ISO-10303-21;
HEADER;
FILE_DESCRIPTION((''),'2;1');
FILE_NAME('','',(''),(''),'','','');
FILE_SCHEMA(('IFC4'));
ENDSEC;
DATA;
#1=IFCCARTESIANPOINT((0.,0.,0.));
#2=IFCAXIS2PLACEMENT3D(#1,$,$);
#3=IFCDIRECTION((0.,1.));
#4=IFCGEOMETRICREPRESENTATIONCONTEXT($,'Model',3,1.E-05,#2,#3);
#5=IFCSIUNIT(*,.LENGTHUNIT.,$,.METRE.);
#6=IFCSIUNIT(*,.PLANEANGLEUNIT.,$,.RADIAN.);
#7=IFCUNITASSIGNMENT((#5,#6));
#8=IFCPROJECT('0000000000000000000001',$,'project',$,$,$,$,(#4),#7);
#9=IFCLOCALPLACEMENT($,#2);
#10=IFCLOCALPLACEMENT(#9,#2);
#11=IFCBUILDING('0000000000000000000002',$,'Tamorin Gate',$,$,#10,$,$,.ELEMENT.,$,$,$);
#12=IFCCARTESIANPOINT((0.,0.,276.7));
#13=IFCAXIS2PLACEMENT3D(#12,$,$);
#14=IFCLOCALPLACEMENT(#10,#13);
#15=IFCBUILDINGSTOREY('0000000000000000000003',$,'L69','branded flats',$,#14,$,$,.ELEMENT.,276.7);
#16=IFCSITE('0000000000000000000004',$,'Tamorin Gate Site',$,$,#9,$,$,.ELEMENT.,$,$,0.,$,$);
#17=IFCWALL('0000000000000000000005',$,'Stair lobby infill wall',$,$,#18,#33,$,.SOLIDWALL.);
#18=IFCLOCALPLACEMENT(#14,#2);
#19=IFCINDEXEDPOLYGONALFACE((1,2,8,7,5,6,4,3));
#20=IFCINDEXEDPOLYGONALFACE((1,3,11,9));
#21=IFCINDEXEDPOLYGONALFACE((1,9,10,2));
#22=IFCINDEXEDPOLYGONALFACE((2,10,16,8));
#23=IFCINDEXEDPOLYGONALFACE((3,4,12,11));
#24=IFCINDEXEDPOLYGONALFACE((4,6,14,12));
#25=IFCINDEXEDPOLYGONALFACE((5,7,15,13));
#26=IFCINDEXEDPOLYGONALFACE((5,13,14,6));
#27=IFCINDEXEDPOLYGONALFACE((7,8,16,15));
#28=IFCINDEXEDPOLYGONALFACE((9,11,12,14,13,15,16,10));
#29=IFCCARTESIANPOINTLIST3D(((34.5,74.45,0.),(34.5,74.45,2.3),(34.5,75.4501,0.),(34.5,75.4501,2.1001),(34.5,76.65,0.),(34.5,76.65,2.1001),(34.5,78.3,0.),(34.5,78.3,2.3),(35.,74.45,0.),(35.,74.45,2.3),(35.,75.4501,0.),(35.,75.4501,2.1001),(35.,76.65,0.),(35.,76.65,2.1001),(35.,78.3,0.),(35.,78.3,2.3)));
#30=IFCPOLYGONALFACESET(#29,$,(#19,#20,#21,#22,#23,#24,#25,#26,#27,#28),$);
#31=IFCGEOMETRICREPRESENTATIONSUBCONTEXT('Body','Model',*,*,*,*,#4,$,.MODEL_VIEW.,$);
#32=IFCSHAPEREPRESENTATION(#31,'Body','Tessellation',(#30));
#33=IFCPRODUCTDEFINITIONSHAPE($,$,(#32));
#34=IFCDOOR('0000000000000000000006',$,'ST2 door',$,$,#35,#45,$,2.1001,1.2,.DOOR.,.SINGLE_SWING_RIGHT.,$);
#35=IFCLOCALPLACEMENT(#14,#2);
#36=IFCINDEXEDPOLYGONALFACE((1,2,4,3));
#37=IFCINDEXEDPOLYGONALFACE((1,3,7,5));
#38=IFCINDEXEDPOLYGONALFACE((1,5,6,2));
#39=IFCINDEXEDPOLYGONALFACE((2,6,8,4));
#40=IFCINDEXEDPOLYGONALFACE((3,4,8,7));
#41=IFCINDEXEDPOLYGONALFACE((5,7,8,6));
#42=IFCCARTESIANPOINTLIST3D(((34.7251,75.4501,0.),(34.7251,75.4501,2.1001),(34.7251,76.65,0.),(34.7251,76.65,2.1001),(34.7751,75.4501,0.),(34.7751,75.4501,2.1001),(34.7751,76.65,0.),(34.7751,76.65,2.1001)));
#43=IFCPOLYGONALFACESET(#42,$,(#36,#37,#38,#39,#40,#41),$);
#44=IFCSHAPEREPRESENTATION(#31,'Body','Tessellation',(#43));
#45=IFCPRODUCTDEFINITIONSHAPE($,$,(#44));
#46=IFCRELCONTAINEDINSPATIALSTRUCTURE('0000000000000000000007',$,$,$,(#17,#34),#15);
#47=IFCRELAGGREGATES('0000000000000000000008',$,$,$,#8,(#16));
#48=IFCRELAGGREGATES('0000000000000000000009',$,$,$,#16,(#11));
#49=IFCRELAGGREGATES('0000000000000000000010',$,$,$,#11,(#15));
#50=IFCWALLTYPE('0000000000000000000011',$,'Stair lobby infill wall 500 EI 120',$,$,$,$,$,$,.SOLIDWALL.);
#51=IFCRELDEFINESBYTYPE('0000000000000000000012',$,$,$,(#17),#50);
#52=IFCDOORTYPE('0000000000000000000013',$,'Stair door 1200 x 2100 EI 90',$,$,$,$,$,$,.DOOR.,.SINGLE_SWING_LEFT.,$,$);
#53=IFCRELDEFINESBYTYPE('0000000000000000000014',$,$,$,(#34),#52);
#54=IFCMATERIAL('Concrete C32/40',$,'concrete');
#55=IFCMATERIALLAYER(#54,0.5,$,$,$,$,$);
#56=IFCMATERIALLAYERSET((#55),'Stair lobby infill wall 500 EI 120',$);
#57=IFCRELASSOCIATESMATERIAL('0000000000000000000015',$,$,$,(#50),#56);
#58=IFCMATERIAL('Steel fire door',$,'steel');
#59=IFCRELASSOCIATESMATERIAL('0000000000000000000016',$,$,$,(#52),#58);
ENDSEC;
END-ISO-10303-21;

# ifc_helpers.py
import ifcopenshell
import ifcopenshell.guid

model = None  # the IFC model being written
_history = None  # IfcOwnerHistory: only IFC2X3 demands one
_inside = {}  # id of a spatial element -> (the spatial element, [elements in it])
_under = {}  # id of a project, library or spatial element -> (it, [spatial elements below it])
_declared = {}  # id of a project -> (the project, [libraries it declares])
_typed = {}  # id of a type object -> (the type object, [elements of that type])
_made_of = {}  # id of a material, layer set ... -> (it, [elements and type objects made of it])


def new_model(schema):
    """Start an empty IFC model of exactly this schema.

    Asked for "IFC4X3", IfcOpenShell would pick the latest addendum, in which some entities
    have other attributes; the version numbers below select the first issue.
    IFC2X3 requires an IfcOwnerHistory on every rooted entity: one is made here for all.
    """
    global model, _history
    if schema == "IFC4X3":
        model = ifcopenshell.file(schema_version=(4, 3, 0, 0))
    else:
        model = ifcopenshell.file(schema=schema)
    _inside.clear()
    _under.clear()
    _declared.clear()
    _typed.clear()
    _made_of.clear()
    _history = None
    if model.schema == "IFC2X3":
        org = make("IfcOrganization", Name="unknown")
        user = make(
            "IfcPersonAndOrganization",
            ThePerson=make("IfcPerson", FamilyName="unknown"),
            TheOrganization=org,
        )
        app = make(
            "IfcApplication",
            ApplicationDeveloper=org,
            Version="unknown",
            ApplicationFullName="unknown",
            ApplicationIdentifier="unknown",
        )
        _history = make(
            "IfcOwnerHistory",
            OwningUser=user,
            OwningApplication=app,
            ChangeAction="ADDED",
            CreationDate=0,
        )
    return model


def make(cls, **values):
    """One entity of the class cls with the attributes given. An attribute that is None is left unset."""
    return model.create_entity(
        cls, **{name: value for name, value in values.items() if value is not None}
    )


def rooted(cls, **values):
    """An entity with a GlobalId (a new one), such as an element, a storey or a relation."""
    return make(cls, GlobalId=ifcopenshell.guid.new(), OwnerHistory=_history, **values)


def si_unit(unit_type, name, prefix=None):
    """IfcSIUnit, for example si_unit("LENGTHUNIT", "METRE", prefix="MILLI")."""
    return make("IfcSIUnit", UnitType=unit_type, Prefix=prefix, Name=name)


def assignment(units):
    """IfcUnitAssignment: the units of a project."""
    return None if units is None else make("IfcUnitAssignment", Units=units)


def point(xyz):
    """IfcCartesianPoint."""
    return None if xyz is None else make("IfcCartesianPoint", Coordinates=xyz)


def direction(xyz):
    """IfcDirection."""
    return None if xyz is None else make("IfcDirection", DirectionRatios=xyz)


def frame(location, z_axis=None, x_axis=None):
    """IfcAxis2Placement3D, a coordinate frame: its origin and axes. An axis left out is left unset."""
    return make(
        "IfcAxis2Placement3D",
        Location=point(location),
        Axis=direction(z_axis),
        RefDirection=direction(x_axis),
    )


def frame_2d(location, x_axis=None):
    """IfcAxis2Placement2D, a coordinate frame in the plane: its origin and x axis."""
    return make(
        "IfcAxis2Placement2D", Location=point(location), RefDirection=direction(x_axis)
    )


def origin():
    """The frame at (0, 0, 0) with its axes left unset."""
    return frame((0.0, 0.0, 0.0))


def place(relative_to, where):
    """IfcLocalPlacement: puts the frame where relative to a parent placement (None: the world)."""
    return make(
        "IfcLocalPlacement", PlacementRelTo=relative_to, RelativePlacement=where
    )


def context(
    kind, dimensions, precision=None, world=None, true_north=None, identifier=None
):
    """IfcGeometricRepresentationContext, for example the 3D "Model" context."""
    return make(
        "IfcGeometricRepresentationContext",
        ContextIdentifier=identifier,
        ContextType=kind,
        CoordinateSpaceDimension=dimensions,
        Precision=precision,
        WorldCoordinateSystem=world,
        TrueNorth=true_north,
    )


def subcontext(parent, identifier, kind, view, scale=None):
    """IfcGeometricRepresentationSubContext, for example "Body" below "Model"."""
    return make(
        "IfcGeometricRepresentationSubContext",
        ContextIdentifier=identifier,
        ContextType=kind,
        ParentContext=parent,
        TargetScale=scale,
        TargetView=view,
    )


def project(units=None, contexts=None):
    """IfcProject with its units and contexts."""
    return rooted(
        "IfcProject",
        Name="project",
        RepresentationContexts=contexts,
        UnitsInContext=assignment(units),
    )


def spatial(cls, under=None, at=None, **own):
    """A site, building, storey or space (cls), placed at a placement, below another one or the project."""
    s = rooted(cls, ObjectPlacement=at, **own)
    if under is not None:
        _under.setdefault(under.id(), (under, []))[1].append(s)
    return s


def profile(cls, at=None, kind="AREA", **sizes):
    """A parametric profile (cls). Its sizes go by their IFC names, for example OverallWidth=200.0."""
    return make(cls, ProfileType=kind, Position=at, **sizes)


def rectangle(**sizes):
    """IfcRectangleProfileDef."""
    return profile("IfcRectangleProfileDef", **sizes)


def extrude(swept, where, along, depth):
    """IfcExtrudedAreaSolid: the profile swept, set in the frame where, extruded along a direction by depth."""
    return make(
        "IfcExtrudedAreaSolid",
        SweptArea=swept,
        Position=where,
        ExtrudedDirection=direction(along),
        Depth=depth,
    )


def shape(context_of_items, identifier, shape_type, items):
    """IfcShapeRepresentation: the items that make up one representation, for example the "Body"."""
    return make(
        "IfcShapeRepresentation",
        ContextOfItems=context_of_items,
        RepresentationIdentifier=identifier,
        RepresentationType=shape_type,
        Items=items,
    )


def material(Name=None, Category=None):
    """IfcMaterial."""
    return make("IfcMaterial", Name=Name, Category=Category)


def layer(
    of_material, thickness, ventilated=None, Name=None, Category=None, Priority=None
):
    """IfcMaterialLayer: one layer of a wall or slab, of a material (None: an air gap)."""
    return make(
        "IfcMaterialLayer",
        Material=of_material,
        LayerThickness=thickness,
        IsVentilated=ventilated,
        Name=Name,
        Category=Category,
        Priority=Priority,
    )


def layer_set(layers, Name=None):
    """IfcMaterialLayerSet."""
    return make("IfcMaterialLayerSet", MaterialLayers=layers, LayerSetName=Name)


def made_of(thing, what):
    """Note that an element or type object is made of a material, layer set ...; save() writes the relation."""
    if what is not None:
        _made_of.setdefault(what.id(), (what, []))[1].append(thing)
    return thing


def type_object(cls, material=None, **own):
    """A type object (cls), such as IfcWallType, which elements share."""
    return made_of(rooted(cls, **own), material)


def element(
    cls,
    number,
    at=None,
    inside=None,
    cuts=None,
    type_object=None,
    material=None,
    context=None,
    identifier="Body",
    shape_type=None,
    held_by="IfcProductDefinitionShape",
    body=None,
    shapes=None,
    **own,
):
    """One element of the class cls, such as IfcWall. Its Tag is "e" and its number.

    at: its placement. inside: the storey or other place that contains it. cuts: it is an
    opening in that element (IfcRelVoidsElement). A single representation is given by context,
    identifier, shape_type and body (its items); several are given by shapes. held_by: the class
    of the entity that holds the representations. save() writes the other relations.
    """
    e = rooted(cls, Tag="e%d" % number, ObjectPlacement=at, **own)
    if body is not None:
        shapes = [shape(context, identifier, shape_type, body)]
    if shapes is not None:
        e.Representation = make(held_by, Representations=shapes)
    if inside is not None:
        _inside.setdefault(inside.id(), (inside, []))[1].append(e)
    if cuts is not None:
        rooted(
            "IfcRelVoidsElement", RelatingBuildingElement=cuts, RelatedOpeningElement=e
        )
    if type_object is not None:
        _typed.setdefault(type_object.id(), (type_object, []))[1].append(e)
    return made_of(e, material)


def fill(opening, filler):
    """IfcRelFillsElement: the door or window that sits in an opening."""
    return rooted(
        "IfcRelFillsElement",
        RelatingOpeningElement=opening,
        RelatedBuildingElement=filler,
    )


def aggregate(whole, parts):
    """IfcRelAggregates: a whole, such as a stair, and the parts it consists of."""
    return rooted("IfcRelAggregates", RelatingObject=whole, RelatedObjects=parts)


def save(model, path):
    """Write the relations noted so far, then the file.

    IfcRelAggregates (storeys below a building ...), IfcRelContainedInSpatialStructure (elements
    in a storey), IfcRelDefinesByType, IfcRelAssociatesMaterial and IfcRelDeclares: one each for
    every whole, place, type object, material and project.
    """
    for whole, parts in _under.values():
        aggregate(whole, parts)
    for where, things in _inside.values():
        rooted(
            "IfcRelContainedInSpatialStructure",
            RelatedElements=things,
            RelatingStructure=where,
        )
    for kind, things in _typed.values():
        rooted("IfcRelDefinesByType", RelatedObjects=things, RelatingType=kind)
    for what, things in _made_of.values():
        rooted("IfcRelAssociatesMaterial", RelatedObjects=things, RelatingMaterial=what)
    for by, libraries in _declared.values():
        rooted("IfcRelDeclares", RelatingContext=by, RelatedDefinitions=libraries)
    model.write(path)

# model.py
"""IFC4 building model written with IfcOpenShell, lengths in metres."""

from ifc_helpers import new_model, si_unit, direction, frame, frame_2d, origin, place, context, subcontext, project, spatial, rectangle, extrude, material, layer, layer_set, type_object, element, fill, save


model = new_model("IFC4")

# Units and contexts
model_context = context("Model", 3, precision=1e-05, world=origin(), true_north=direction((0.0, 1.0)))
body_context = subcontext(model_context, "Body", "Model", "MODEL_VIEW")
ifc_project = project(units=[si_unit("LENGTHUNIT", "METRE"), si_unit("PLANEANGLEUNIT", "RADIAN")], contexts=[model_context])

# Site, building, storey
site_placement = place(None, origin())
site = spatial("IfcSite", under=ifc_project, at=site_placement, Name="Tamorin Gate Site", CompositionType="ELEMENT", RefElevation=0.0)
building_placement = place(site_placement, origin())
building = spatial("IfcBuilding", under=site, at=building_placement, Name="Tamorin Gate", CompositionType="ELEMENT")
storey_placement = place(building_placement, frame((0.0, 0.0, 276.7)))
storey = spatial("IfcBuildingStorey", under=building, at=storey_placement, Name="L69", Description="branded flats", CompositionType="ELEMENT", Elevation=276.7)

# Shared definitions
ifc_material_1 = material(Name="Concrete C32/40", Category="concrete")

# Wall, opening, door
ifc_layer_1 = layer(ifc_material_1, 0.5)
ifc_layer_set_1 = layer_set([ifc_layer_1], Name="Stair lobby infill wall 500 EI 120")
wall_type_1 = type_object("IfcWallType", Name="Stair lobby infill wall 500 EI 120", PredefinedType="SOLIDWALL", material=ifc_layer_set_1)
wall_1_placement = place(storey_placement, frame((34.75, 74.45, 0.0), z_axis=(0.0, 0.0, 1.0), x_axis=(0.0, 1.0, 0.0)))
wall_1 = element("IfcWall", 1, at=wall_1_placement, inside=storey, type_object=wall_type_1, Name="Stair lobby infill wall", PredefinedType="SOLIDWALL", context=body_context, shape_type="SweptSolid", body=[
    extrude(rectangle(XDim=3.8501, YDim=0.5, at=frame_2d((1.925, 0.0))), origin(), (0.0, 0.0, 1.0), 2.3),
])
opening_1_placement = place(wall_1_placement, frame((1.0, 0.0, 0.0)))
opening_1 = element("IfcOpeningElement", 2, at=opening_1_placement, cuts=wall_1, PredefinedType="OPENING", context=body_context, shape_type="SweptSolid", body=[
    extrude(rectangle(XDim=1.2, YDim=2.1001, at=frame_2d((0.6001, 1.05))), frame((0.0, 0.26, 0.0), z_axis=(0.0, -1.0, 0.0), x_axis=(1.0, 0.0, 0.0)), (0.0, 0.0, 1.0), 0.52),
])
ifc_material_2 = material(Name="Steel fire door", Category="steel")
door_type_1 = type_object("IfcDoorType", Name="Stair door 1200 x 2100 EI 90", OperationType="SINGLE_SWING_LEFT", PredefinedType="DOOR", material=ifc_material_2)
door_1_placement = place(opening_1_placement, origin())
door_1 = element("IfcDoor", 3, at=door_1_placement, inside=storey, type_object=door_type_1, Name="ST2 door", OperationType="SINGLE_SWING_RIGHT", OverallHeight=2.1001, OverallWidth=1.2, PredefinedType="DOOR", context=body_context, shape_type="SweptSolid", body=[
    extrude(rectangle(XDim=1.2, YDim=2.1001, at=frame_2d((0.6001, 1.05))), frame((0.0, 0.0249, 0.0), z_axis=(0.0, -1.0, 0.0), x_axis=(1.0, 0.0, 0.0)), (0.0, 0.0, 1.0), 0.05),
])
fill(opening_1, door_1)

save(model, "model.ifc")
